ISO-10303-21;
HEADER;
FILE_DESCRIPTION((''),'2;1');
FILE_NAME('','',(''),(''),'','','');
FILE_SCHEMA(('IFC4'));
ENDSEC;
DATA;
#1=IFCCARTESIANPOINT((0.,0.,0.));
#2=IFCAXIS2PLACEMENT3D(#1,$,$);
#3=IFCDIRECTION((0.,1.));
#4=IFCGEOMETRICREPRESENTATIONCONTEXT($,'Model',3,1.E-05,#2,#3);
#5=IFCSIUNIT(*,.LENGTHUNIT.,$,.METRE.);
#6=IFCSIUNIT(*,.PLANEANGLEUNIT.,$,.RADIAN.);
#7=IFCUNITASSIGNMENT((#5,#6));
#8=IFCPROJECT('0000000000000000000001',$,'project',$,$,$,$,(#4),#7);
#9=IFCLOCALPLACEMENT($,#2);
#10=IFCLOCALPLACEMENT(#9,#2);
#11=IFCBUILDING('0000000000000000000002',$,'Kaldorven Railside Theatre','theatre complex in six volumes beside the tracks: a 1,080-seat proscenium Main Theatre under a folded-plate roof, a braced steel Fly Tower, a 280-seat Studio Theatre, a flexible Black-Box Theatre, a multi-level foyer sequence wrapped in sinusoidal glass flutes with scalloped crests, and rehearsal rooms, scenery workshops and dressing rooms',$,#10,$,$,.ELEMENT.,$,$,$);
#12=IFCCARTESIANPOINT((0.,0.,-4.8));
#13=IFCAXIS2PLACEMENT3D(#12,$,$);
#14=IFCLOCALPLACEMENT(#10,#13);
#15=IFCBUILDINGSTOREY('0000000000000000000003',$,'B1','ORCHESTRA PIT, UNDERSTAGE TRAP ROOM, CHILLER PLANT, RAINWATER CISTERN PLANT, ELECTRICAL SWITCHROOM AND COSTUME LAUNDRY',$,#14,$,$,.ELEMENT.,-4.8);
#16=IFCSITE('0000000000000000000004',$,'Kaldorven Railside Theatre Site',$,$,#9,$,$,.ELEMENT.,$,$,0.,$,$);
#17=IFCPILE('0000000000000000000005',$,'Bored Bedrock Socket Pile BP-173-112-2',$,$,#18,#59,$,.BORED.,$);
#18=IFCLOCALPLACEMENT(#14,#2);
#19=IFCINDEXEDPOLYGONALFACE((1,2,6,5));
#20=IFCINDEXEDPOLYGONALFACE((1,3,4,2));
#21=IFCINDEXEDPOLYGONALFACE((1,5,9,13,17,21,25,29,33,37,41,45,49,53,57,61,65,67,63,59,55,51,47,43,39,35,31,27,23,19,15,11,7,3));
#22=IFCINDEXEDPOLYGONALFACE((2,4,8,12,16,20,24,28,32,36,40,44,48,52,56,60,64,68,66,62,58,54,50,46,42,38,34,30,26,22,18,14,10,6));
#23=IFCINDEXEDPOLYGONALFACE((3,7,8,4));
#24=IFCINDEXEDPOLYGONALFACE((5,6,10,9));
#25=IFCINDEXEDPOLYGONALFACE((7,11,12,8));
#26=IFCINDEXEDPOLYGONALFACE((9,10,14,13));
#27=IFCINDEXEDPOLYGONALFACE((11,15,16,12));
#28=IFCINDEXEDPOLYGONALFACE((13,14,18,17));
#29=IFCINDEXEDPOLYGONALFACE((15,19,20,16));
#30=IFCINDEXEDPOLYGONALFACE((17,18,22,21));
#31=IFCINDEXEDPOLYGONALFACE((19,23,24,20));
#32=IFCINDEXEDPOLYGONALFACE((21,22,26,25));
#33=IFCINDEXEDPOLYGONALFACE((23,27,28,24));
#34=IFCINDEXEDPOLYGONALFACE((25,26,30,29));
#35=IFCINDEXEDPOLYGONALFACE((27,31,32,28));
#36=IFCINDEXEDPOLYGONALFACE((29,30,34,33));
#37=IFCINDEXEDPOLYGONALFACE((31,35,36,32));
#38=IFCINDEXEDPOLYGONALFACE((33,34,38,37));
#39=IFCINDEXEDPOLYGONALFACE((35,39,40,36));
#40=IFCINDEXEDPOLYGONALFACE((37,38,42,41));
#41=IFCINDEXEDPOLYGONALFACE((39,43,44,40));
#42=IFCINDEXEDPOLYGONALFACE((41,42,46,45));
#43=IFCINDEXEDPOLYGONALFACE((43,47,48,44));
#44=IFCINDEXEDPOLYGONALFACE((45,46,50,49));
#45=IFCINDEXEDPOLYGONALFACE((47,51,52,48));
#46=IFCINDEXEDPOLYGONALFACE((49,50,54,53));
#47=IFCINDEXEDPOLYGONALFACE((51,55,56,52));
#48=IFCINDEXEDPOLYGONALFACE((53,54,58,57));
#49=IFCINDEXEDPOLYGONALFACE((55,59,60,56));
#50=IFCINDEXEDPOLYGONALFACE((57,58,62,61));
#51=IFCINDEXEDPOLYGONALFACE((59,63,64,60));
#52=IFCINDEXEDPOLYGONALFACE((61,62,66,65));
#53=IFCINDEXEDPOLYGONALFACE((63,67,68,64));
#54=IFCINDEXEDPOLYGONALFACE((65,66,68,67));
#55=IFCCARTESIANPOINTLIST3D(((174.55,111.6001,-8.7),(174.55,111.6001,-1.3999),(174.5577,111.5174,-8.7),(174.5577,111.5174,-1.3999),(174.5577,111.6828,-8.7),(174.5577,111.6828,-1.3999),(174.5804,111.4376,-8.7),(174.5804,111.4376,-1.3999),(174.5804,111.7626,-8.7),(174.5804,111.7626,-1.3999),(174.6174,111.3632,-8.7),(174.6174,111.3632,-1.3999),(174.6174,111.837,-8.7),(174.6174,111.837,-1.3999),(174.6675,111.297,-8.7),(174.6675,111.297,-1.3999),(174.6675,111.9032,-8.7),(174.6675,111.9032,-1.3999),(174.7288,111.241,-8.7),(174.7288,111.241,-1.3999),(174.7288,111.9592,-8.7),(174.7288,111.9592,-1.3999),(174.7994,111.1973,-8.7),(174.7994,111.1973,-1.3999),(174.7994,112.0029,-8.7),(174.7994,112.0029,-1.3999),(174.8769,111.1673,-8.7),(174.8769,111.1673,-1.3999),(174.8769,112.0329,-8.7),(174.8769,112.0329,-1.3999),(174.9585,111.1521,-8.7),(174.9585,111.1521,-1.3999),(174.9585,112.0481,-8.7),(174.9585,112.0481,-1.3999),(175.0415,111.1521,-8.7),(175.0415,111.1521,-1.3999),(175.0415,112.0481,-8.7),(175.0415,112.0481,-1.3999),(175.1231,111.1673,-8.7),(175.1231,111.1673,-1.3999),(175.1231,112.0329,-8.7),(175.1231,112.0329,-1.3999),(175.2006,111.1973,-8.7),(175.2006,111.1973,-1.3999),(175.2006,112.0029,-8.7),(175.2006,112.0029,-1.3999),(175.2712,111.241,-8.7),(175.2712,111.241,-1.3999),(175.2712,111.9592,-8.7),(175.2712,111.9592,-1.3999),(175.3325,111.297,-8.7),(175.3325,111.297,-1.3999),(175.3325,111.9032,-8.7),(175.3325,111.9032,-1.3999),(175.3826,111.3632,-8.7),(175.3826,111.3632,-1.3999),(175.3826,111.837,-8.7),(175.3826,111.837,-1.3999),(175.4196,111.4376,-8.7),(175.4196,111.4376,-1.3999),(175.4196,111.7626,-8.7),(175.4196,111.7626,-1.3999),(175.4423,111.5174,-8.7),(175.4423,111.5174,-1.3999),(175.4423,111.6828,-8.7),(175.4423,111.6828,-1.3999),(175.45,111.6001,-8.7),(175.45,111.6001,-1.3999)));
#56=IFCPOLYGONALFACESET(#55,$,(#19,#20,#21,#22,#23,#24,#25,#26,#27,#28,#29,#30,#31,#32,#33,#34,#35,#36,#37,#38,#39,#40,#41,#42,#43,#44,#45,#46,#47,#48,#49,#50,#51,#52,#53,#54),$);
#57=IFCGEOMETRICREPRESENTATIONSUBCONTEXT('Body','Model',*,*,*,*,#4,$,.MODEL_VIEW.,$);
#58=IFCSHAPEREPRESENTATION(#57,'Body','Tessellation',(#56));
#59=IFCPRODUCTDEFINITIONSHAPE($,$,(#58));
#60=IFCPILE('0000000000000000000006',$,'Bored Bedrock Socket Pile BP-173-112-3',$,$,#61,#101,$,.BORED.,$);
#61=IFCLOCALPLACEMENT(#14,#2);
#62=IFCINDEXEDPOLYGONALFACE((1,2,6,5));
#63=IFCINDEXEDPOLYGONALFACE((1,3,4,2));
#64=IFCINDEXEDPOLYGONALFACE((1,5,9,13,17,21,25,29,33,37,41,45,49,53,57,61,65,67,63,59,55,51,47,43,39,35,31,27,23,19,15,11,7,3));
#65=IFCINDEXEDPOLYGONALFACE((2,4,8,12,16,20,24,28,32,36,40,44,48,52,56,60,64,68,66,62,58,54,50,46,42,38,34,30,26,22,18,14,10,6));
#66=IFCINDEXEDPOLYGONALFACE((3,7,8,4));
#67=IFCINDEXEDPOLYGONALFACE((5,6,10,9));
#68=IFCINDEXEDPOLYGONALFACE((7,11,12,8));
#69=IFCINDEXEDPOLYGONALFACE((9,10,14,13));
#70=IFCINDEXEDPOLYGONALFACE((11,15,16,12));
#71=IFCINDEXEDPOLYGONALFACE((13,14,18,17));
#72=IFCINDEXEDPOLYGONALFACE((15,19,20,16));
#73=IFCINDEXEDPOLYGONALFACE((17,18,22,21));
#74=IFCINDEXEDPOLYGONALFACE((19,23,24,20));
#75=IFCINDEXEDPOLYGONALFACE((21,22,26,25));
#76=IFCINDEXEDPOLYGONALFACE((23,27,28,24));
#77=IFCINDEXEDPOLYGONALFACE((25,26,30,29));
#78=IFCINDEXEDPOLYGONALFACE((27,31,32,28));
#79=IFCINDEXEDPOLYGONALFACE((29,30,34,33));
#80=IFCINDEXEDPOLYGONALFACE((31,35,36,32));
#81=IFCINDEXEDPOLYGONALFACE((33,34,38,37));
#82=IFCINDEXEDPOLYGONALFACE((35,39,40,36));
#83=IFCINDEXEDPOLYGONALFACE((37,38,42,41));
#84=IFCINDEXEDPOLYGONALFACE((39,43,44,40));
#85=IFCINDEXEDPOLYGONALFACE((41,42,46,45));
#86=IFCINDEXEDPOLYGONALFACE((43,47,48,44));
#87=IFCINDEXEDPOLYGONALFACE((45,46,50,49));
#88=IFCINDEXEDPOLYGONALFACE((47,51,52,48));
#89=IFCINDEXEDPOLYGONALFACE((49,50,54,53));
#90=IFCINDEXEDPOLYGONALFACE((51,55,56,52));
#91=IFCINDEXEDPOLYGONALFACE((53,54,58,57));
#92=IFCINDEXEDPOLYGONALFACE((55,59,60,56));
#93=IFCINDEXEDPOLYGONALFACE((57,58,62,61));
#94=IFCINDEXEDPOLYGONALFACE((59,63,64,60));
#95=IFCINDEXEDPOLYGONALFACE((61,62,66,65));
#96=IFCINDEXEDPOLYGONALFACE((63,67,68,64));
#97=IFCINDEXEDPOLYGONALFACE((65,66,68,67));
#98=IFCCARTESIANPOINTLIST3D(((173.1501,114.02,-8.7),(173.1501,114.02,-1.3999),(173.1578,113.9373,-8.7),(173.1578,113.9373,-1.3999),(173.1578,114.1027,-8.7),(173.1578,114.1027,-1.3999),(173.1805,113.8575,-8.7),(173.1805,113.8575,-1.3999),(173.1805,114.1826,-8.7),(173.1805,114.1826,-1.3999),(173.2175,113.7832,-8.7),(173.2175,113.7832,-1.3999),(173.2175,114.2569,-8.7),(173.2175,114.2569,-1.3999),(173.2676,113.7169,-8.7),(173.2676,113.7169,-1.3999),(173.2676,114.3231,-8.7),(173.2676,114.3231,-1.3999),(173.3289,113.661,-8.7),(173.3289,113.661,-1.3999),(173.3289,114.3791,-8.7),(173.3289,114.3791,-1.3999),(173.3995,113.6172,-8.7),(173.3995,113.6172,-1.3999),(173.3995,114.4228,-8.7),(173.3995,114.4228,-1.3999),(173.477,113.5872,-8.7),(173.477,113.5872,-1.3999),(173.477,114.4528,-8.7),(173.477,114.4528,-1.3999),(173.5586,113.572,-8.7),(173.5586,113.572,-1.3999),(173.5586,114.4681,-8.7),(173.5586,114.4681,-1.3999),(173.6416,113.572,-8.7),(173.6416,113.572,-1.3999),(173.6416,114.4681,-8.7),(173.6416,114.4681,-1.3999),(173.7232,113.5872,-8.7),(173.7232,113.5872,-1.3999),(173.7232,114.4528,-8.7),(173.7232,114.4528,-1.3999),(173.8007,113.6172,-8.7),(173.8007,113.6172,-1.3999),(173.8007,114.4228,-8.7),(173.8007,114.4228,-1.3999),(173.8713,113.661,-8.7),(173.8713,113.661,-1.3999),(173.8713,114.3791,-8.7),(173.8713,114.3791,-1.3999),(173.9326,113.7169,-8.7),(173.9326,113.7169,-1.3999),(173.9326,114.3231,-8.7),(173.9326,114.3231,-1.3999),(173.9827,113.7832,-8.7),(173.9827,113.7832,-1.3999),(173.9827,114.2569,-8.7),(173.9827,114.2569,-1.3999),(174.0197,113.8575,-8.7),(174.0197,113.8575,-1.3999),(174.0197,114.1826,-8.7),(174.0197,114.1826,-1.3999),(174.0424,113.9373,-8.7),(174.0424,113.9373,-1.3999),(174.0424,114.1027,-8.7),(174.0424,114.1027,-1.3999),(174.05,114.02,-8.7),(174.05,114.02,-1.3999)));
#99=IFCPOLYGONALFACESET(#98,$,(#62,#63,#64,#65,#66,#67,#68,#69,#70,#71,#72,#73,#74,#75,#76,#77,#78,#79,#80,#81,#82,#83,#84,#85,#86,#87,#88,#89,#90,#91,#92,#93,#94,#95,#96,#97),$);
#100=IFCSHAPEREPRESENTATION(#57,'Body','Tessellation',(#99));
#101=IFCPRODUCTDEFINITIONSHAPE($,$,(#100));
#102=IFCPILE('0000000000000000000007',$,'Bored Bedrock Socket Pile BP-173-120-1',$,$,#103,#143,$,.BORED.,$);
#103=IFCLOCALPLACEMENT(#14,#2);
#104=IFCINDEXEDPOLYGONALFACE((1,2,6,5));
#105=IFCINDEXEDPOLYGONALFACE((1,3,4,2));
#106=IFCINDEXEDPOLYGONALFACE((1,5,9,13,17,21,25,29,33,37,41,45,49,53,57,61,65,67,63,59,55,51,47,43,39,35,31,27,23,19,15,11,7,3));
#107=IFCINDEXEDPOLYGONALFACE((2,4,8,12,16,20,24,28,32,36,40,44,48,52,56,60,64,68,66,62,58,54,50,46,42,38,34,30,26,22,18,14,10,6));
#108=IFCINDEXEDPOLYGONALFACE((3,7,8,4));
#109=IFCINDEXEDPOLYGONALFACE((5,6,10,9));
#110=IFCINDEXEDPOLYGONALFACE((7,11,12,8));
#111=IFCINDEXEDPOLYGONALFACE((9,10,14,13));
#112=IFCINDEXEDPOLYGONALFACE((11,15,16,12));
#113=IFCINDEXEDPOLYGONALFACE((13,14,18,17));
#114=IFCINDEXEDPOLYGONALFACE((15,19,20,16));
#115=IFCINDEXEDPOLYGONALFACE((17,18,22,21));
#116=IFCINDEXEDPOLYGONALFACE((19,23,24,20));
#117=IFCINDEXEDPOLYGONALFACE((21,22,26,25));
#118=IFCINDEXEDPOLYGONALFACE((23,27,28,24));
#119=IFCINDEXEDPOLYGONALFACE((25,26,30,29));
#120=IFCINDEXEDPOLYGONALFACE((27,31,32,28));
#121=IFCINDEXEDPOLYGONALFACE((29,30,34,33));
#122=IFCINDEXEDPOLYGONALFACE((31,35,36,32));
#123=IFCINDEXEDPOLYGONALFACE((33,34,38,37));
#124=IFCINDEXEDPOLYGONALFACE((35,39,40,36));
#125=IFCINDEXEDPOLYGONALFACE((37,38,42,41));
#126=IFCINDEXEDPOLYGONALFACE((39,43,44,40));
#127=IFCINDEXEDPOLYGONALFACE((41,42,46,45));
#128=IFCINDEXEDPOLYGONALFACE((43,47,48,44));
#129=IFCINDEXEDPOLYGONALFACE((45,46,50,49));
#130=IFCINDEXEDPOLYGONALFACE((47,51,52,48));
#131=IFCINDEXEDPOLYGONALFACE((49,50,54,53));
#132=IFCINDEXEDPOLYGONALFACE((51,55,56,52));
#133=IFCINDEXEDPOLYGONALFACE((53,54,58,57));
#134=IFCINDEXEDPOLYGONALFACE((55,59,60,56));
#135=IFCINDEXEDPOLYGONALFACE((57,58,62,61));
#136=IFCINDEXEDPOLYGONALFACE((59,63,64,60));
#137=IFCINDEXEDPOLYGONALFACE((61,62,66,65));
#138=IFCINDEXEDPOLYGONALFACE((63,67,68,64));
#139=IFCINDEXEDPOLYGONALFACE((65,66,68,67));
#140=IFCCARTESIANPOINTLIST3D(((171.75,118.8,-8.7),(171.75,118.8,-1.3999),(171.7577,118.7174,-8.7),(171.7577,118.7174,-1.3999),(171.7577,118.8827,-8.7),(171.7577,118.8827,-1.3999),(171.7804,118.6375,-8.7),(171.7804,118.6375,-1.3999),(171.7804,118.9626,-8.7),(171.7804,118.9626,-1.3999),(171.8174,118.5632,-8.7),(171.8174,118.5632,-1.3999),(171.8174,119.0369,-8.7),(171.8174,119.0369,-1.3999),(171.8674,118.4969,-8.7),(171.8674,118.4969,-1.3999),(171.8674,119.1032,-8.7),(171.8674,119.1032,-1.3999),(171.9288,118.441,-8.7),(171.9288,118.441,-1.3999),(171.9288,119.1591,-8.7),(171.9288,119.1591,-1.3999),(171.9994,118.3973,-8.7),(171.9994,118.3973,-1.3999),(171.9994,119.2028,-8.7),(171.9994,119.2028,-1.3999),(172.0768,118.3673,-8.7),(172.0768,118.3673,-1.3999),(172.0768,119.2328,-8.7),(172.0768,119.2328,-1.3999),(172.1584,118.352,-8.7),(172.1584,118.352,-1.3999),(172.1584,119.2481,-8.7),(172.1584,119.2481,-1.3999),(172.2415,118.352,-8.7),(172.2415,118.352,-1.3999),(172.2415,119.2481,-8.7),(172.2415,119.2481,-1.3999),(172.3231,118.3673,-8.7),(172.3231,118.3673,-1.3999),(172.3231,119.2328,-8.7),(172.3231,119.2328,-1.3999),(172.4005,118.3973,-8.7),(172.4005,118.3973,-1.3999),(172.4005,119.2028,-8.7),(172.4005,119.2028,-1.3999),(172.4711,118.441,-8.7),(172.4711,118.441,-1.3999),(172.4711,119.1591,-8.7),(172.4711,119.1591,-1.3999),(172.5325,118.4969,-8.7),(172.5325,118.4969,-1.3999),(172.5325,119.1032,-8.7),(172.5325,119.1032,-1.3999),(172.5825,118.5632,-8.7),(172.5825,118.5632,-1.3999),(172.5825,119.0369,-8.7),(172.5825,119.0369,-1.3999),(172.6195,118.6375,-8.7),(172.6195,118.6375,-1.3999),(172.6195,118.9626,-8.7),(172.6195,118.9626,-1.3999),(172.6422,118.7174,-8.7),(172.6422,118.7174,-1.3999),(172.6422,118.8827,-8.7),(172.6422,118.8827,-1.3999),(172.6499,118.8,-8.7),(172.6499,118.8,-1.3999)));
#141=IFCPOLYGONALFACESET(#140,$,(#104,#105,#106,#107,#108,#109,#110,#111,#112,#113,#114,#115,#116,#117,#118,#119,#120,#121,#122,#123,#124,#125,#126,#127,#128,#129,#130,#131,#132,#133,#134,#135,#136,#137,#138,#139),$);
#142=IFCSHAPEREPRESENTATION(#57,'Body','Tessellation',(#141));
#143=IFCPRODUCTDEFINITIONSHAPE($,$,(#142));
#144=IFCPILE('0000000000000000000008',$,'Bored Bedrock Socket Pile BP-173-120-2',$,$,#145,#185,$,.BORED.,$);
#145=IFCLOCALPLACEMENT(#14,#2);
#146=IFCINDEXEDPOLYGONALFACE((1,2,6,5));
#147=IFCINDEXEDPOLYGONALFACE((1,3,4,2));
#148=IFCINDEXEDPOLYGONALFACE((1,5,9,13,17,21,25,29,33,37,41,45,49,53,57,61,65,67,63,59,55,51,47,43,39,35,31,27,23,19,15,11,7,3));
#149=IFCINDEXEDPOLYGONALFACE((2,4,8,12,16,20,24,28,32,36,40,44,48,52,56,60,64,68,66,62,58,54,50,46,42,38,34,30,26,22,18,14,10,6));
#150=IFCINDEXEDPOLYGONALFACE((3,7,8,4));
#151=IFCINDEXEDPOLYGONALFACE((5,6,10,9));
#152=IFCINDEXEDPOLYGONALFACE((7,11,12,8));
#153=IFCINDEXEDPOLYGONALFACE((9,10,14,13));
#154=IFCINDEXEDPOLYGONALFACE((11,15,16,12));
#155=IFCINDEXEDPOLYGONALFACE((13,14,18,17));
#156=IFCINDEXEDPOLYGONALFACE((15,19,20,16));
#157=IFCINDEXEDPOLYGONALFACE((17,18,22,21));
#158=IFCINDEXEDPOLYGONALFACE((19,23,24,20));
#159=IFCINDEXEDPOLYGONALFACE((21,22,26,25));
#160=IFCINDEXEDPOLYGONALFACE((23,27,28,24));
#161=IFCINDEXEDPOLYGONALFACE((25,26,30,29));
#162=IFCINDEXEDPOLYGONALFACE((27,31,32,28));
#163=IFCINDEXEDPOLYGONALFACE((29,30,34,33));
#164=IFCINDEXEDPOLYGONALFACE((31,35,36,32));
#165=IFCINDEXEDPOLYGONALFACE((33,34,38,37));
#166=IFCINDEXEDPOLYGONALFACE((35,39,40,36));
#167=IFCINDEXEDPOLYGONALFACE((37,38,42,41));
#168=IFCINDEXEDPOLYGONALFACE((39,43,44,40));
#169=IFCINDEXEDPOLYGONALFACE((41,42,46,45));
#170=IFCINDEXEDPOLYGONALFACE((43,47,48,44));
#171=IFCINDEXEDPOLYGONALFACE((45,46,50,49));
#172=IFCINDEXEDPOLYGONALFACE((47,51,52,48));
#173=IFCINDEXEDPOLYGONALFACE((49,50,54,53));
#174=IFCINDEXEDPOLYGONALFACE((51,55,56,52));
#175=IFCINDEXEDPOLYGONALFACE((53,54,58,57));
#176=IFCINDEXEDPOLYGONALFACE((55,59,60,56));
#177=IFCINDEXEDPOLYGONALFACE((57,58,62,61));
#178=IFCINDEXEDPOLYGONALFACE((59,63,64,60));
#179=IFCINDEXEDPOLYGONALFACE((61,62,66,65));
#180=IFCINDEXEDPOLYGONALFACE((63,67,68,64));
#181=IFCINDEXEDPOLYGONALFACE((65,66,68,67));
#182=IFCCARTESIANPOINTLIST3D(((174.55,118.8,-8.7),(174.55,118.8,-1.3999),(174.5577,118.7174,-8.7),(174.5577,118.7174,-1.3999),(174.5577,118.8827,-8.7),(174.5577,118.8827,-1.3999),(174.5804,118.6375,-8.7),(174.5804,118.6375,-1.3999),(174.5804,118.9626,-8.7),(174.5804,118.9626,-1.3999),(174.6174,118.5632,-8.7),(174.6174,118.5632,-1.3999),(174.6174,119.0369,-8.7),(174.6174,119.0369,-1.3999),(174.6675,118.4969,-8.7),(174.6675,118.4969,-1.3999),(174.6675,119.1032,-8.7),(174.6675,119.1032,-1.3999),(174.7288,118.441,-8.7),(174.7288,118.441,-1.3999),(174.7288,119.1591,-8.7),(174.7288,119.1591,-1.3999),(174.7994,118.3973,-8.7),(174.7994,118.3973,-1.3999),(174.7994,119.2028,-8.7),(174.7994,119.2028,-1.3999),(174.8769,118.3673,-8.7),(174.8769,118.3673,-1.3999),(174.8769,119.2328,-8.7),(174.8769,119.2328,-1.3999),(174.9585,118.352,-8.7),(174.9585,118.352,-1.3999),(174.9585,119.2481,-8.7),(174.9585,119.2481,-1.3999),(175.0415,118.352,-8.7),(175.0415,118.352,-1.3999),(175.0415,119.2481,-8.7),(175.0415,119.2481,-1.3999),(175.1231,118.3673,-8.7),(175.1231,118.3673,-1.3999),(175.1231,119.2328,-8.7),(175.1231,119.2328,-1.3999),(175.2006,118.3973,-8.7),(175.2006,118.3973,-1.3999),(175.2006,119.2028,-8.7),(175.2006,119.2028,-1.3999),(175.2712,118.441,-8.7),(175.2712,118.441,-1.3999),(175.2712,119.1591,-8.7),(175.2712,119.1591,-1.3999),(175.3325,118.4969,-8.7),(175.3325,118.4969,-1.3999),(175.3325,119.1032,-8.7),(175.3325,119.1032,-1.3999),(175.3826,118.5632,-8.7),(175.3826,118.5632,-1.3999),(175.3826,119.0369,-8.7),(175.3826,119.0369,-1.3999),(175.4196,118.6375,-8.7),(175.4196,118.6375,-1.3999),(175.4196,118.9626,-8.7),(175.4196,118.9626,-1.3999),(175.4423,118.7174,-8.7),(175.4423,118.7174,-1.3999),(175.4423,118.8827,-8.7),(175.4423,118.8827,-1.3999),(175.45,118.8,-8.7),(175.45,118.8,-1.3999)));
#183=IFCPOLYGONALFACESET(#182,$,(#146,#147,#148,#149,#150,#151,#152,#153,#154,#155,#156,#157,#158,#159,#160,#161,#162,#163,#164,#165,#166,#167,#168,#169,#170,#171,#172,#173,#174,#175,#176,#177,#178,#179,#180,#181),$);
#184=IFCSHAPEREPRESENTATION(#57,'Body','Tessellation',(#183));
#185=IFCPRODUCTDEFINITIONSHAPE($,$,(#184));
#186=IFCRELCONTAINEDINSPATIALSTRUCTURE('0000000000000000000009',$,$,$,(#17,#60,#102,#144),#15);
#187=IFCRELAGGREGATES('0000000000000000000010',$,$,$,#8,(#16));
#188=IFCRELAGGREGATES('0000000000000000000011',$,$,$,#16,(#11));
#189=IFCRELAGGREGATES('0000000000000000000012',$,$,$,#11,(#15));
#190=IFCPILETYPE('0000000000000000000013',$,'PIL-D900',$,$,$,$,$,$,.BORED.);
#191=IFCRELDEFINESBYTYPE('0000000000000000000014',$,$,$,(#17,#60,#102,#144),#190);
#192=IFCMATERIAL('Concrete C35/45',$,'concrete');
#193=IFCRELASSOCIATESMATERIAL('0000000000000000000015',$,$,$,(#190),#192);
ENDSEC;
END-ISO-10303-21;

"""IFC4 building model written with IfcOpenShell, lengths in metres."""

from ifc_helpers import new_model, si_unit, direction, frame, origin, origin_2d, place, context, subcontext, project, spatial, circle, extrude, material, material_profile, profile_set, type_object, element, save


model = new_model("IFC4")

# Units and contexts
model_context = context("Model", 3, precision=1e-05, world=origin(), true_north=direction((0.0, 1.0)))
body_context = subcontext(model_context, "Body", "Model", "MODEL_VIEW")
ifc_project = project(units=[si_unit("LENGTHUNIT", "METRE"), si_unit("PLANEANGLEUNIT", "RADIAN")], contexts=[model_context])

# Site, building, storey
site_placement = place(None, origin())
site = spatial("IfcSite", under=ifc_project, at=site_placement, Name="Kaldorven Railside Theatre Site", CompositionType="ELEMENT", RefElevation=0.0)
building_placement = place(site_placement, origin())
building = spatial("IfcBuilding", under=site, at=building_placement, Name="Kaldorven Railside Theatre", Description="theatre complex in six volumes beside the tracks: a 1,080-seat proscenium Main Theatre under a folded-plate roof, a braced steel Fly Tower, a 280-seat Studio Theatre, a flexible Black-Box Theatre, a multi-level foyer sequence wrapped in sinusoidal glass flutes with scalloped crests, and rehearsal rooms, scenery workshops and dressing rooms", CompositionType="ELEMENT")
storey_placement = place(building_placement, frame((0.0, 0.0, -4.8)))
storey = spatial("IfcBuildingStorey", under=building, at=storey_placement, Name="B1", Description="ORCHESTRA PIT, UNDERSTAGE TRAP ROOM, CHILLER PLANT, RAINWATER CISTERN PLANT, ELECTRICAL SWITCHROOM AND COSTUME LAUNDRY", CompositionType="ELEMENT", Elevation=-4.8)

# Piles
ifc_material_1 = material(Name="Concrete C35/45", Category="concrete")
ifc_material_profile_1 = material_profile(ifc_material_1, circle(Radius=0.45, at=origin_2d()), Name="BP D900")
ifc_profile_set_1 = profile_set([ifc_material_profile_1], Name="Concrete C35/45")
pile_type_1 = type_object("IfcPileType", Name="PIL-D900", PredefinedType="BORED", material=ifc_profile_set_1)
for number, where, z_axis, x_axis, name in (
    (1, (175.0, 111.6001, -1.3999), (0.0, 0.0, -1.0), (1.0, 0.0, 0.0), "Bored Bedrock Socket Pile BP-173-112-2"),
    (2, (173.6001, 114.02, -1.3999), (0.0, 0.0, -1.0), (1.0, 0.0, 0.0), "Bored Bedrock Socket Pile BP-173-112-3"),
    (3, (172.2, 118.8, -1.3999), (0.0, 0.0, -1.0), (1.0, 0.0, 0.0), "Bored Bedrock Socket Pile BP-173-120-1"),
    (4, (175.0, 118.8, -1.3999), (0.0, 0.0, -1.0), (1.0, 0.0, 0.0), "Bored Bedrock Socket Pile BP-173-120-2"),
):
    element("IfcPile", number, at=place(storey_placement, frame(where, z_axis=z_axis, x_axis=x_axis)), inside=storey, type_object=pile_type_1, Name=name, PredefinedType="BORED", context=body_context, shape_type="SweptSolid", body=[
        extrude(circle(Radius=0.45, at=origin_2d()), origin(), (0.0, 0.0, 1.0), 7.3),
    ])

save(model, "model.ifc")
